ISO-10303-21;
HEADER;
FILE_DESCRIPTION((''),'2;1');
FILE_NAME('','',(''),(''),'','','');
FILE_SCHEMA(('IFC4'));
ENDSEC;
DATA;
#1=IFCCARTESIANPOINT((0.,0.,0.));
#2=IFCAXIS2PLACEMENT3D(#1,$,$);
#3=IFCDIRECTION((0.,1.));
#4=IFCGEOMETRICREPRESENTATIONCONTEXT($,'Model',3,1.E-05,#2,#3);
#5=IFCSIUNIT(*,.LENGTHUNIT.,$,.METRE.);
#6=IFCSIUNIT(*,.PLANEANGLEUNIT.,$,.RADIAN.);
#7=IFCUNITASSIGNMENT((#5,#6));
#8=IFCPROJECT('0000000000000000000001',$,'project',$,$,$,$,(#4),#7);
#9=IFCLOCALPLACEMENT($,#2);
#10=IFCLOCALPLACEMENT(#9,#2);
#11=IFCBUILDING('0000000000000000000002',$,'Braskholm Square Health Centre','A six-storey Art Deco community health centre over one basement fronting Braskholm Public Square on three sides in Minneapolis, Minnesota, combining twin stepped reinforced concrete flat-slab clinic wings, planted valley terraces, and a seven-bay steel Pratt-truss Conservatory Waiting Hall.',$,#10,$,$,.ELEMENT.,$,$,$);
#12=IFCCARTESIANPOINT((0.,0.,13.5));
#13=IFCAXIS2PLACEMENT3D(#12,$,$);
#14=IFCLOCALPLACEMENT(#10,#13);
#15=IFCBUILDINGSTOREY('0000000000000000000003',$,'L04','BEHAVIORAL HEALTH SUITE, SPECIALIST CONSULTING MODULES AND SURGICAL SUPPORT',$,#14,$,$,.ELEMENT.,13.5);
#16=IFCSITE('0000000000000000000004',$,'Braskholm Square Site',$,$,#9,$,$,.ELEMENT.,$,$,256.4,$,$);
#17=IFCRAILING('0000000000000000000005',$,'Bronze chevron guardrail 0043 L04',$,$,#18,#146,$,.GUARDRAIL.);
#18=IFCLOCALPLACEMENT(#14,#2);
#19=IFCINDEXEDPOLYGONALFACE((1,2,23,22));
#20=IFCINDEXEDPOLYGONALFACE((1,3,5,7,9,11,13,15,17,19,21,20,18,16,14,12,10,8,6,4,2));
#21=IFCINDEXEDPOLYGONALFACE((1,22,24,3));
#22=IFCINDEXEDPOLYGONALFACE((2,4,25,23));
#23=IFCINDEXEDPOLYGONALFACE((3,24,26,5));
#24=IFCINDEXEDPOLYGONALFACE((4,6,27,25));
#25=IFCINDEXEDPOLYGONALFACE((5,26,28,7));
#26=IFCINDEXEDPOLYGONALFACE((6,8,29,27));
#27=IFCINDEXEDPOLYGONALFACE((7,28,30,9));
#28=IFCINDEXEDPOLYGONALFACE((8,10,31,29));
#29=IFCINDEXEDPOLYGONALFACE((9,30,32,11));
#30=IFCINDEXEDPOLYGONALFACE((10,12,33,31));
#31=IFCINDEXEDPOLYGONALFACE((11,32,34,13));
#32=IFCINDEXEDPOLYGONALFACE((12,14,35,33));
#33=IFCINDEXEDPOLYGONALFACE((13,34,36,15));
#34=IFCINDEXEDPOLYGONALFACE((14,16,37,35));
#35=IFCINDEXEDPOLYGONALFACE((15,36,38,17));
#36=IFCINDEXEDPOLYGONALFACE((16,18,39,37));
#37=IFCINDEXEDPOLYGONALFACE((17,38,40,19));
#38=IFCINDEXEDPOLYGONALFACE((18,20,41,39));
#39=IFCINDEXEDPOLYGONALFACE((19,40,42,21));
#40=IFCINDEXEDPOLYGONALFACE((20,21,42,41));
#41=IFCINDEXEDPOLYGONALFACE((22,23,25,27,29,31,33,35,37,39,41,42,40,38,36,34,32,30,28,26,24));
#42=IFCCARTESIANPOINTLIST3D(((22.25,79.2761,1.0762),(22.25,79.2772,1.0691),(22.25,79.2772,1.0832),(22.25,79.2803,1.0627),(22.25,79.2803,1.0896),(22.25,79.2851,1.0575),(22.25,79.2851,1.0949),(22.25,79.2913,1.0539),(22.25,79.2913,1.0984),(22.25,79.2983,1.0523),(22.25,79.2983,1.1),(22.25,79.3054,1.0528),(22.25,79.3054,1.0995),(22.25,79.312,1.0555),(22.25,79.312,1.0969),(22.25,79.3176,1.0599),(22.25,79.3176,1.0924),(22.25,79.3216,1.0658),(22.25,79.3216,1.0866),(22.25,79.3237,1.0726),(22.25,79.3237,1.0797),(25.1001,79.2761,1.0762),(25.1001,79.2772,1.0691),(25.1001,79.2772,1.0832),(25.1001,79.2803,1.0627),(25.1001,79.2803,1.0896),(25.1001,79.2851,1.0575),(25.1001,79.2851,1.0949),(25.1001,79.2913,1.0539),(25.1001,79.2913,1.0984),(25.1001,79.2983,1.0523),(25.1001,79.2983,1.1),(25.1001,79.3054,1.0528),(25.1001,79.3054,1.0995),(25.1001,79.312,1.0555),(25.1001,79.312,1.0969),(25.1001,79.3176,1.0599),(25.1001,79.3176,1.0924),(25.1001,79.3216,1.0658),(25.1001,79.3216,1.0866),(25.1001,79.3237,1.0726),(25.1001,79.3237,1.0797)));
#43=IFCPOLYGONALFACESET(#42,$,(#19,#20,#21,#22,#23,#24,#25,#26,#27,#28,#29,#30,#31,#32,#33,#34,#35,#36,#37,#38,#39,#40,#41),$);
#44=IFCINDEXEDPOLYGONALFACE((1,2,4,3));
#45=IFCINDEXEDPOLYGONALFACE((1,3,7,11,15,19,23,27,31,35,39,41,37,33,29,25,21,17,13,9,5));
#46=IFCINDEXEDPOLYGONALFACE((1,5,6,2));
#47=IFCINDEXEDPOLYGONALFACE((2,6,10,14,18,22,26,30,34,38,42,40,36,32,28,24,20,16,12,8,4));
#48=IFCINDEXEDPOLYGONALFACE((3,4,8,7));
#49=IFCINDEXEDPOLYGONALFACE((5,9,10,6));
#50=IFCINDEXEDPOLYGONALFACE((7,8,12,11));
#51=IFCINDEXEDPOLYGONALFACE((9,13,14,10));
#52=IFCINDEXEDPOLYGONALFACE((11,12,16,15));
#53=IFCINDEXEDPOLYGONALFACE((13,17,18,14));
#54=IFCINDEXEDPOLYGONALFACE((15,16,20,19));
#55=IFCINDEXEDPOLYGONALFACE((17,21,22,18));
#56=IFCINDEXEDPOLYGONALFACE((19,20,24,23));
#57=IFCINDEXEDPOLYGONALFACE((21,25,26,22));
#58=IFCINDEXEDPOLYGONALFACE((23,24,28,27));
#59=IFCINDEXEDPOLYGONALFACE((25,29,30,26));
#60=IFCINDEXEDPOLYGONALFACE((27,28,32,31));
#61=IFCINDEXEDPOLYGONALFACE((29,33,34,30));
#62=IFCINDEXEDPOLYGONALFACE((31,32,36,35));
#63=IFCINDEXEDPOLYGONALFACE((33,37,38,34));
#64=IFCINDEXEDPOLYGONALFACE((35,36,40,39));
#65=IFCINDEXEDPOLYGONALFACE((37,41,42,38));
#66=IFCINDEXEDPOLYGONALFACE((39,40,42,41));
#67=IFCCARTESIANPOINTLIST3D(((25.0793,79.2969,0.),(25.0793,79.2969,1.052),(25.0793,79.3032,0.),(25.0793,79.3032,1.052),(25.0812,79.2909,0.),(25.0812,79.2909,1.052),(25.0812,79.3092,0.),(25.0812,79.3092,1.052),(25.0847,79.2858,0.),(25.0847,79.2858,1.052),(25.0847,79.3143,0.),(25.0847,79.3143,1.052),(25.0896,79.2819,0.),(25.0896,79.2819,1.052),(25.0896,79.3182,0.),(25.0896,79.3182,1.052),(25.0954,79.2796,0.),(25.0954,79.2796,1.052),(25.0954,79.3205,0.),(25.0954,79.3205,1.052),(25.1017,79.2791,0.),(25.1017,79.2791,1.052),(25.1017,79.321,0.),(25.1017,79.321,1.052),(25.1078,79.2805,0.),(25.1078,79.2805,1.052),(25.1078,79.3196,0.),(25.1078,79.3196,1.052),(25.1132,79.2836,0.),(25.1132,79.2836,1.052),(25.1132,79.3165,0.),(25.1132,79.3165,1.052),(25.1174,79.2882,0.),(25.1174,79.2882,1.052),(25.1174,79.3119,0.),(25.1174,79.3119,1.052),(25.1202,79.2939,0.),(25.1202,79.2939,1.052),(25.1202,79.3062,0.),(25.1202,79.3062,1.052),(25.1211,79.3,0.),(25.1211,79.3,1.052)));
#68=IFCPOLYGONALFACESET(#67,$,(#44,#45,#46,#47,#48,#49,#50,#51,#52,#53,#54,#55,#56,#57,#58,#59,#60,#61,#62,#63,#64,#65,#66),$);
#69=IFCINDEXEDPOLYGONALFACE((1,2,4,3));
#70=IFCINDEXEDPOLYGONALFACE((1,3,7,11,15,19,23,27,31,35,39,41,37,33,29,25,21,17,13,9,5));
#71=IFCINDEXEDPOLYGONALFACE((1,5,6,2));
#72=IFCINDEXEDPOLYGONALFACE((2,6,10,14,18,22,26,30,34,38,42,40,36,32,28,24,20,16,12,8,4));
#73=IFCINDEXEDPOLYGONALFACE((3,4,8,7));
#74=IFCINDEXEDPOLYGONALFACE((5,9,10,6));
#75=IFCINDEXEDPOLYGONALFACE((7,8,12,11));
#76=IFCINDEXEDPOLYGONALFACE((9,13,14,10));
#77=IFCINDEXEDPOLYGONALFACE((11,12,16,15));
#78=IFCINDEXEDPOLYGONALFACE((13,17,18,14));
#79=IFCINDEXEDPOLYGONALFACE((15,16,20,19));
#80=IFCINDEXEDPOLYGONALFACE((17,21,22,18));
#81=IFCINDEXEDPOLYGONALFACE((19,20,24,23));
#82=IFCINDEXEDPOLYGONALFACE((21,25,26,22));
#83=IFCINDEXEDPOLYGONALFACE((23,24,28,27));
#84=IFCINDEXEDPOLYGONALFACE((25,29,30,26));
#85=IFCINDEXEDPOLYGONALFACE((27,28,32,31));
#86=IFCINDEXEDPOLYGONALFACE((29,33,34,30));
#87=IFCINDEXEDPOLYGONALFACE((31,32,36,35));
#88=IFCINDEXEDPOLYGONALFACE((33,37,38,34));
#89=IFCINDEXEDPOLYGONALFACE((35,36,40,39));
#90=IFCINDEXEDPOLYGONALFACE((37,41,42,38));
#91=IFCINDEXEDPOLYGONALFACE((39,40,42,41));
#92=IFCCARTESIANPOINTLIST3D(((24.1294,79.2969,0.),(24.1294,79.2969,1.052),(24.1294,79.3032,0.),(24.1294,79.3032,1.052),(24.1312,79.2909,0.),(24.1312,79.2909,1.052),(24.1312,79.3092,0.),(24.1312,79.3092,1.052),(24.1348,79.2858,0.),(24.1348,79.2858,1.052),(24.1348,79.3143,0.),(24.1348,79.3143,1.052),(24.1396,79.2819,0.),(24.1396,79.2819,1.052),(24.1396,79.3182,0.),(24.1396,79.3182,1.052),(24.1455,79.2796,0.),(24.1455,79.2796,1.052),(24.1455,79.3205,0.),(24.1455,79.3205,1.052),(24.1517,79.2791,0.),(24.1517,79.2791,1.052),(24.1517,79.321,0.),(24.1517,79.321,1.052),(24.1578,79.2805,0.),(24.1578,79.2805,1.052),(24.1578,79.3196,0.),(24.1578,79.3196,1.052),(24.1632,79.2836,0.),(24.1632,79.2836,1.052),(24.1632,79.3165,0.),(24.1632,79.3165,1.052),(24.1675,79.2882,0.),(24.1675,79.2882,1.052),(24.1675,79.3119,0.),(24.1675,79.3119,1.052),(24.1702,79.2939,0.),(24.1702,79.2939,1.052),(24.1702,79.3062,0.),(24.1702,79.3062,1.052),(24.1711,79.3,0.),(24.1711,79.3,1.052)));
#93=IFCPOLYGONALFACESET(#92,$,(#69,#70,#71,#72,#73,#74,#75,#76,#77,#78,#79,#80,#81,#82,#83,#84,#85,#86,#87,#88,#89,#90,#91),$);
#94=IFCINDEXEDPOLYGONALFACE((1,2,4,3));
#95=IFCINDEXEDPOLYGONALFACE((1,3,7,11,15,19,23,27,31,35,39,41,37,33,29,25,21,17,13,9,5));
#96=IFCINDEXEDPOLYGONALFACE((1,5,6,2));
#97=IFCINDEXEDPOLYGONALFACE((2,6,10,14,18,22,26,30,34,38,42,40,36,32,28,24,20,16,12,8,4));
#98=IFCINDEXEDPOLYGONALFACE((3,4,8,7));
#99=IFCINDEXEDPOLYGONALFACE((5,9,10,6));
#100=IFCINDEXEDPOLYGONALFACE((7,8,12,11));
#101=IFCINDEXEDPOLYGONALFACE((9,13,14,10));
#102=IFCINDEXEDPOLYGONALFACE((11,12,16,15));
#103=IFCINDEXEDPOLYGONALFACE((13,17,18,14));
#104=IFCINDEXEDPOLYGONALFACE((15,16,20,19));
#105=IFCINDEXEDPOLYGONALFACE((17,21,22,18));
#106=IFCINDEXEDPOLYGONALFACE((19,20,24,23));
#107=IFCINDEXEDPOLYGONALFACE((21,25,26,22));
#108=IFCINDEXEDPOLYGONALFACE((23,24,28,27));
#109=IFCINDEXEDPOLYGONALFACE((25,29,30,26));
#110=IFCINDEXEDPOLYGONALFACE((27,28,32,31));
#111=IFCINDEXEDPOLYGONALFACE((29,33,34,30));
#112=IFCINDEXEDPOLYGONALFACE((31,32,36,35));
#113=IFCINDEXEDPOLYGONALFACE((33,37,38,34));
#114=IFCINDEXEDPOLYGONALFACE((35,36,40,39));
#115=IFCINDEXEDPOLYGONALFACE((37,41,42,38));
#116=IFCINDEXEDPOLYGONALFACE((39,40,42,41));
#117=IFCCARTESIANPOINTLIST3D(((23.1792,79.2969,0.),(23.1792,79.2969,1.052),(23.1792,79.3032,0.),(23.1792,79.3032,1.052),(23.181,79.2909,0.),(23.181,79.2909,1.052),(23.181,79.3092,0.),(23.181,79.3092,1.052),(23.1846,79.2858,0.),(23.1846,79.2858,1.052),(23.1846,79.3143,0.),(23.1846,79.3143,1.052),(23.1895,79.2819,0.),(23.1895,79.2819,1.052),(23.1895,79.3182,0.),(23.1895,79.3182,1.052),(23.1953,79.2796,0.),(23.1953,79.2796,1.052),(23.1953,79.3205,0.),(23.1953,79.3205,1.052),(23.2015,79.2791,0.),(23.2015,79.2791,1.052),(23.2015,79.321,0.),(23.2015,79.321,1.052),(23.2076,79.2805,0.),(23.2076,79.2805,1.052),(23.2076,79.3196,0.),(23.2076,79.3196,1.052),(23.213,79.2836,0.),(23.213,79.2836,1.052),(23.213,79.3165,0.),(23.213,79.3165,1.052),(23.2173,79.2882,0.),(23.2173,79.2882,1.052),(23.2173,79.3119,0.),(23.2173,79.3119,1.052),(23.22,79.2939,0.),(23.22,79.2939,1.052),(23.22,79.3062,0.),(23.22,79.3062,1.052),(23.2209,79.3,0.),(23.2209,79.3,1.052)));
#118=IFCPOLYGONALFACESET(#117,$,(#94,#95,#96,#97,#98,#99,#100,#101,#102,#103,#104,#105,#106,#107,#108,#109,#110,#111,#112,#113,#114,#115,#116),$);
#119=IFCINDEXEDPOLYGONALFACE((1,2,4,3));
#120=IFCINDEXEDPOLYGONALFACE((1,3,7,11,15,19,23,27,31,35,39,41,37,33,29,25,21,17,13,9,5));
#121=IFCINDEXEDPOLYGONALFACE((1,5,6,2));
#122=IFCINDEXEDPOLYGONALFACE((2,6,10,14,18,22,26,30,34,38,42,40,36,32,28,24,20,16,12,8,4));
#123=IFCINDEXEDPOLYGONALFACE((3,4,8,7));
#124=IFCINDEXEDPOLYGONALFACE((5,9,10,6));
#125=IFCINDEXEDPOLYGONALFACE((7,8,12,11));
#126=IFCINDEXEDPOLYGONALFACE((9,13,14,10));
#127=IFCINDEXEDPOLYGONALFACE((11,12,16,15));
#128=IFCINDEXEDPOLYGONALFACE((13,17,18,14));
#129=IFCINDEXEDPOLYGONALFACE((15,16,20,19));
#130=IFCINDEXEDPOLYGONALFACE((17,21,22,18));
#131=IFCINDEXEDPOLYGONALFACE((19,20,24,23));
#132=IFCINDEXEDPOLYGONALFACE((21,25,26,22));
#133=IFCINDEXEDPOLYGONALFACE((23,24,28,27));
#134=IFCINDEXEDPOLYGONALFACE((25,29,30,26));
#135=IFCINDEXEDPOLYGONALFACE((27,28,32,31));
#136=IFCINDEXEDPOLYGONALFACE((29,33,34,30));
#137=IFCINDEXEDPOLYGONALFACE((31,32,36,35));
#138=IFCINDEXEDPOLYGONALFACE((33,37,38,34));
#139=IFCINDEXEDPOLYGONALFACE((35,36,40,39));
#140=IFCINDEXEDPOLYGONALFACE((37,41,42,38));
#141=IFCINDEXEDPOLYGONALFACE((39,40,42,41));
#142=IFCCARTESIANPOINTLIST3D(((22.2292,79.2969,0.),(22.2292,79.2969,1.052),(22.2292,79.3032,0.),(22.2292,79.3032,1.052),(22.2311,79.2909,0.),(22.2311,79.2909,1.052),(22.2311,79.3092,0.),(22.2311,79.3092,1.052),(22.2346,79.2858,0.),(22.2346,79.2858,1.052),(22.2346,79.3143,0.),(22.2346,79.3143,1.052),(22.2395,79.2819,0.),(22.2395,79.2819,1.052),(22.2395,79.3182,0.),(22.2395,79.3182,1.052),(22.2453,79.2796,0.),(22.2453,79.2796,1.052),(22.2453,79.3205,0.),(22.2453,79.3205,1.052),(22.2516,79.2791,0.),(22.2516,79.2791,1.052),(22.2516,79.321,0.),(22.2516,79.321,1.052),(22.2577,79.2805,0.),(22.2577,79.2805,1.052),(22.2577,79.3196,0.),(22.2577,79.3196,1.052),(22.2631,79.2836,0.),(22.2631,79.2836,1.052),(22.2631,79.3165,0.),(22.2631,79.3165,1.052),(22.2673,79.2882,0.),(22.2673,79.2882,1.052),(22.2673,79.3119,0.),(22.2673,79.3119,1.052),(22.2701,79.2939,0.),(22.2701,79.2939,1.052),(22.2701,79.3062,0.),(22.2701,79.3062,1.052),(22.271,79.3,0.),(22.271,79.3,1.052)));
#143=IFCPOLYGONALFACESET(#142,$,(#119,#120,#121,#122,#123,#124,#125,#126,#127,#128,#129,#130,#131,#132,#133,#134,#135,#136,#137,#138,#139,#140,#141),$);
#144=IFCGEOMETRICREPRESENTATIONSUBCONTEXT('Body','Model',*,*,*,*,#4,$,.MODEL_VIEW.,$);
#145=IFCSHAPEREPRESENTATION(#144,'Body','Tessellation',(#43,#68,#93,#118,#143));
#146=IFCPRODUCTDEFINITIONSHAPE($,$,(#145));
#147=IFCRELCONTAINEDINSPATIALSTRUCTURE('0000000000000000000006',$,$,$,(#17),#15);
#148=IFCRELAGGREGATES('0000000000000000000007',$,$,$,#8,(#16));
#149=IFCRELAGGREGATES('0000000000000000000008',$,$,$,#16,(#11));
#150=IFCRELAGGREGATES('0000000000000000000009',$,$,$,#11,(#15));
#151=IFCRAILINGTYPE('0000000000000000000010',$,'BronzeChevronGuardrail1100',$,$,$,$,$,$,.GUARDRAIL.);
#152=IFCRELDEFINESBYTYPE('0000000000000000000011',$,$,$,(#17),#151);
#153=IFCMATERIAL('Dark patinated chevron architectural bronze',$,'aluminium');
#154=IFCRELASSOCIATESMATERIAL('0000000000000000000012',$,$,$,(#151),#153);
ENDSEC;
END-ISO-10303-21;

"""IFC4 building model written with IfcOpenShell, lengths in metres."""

from ifc_helpers import new_model, si_unit, direction, frame, origin, origin_2d, place, context, subcontext, project, spatial, circle, extrude, material, type_object, element, save


model = new_model("IFC4")

# Units and contexts
model_context = context("Model", 3, precision=1e-05, world=origin(), true_north=direction((0.0, 1.0)))
body_context = subcontext(model_context, "Body", "Model", "MODEL_VIEW")
ifc_project = project(units=[si_unit("LENGTHUNIT", "METRE"), si_unit("PLANEANGLEUNIT", "RADIAN")], contexts=[model_context])

# Site, building, storey
site_placement = place(None, origin())
site = spatial("IfcSite", under=ifc_project, at=site_placement, Name="Braskholm Square Site", CompositionType="ELEMENT", RefElevation=256.4)
building_placement = place(site_placement, origin())
building = spatial("IfcBuilding", under=site, at=building_placement, Name="Braskholm Square Health Centre", Description="A six-storey Art Deco community health centre over one basement fronting Braskholm Public Square on three sides in Minneapolis, Minnesota, combining twin stepped reinforced concrete flat-slab clinic wings, planted valley terraces, and a seven-bay steel Pratt-truss Conservatory Waiting Hall.", CompositionType="ELEMENT")
storey_placement = place(building_placement, frame((0.0, 0.0, 13.5)))
storey = spatial("IfcBuildingStorey", under=building, at=storey_placement, Name="L04", Description="BEHAVIORAL HEALTH SUITE, SPECIALIST CONSULTING MODULES AND SURGICAL SUPPORT", CompositionType="ELEMENT", Elevation=13.5)

# Railing
ifc_material_1 = material(Name="Dark patinated chevron architectural bronze", Category="aluminium")
railing_type = type_object("IfcRailingType", Name="BronzeChevronGuardrail1100", PredefinedType="GUARDRAIL", material=ifc_material_1)
railing_placement = place(storey_placement, frame((25.1001, 79.3, 0.0)))
element("IfcRailing", 1, at=railing_placement, inside=storey, type_object=railing_type, Name="Bronze chevron guardrail 0043 L04", PredefinedType="GUARDRAIL", context=body_context, shape_type="SweptSolid", body=[
    extrude(circle(Radius=0.0239, at=origin_2d()), frame((0.0, 0.0, 1.0762), z_axis=(-1.0, 0.0, 0.0), x_axis=(0.0, -1.0, 0.0)), (0.0, 0.0, 1.0), 2.8501),
    extrude(circle(Radius=0.021, at=origin_2d()), origin(), (0.0, 0.0, 1.0), 1.052),
    extrude(circle(Radius=0.021, at=origin_2d()), frame((-0.95, 0.0, 0.0)), (0.0, 0.0, 1.0), 1.052),
    extrude(circle(Radius=0.021, at=origin_2d()), frame((-1.9001, 0.0, 0.0)), (0.0, 0.0, 1.0), 1.052),
    extrude(circle(Radius=0.021, at=origin_2d()), frame((-2.8501, 0.0, 0.0)), (0.0, 0.0, 1.0), 1.052),
])

save(model, "model.ifc")
